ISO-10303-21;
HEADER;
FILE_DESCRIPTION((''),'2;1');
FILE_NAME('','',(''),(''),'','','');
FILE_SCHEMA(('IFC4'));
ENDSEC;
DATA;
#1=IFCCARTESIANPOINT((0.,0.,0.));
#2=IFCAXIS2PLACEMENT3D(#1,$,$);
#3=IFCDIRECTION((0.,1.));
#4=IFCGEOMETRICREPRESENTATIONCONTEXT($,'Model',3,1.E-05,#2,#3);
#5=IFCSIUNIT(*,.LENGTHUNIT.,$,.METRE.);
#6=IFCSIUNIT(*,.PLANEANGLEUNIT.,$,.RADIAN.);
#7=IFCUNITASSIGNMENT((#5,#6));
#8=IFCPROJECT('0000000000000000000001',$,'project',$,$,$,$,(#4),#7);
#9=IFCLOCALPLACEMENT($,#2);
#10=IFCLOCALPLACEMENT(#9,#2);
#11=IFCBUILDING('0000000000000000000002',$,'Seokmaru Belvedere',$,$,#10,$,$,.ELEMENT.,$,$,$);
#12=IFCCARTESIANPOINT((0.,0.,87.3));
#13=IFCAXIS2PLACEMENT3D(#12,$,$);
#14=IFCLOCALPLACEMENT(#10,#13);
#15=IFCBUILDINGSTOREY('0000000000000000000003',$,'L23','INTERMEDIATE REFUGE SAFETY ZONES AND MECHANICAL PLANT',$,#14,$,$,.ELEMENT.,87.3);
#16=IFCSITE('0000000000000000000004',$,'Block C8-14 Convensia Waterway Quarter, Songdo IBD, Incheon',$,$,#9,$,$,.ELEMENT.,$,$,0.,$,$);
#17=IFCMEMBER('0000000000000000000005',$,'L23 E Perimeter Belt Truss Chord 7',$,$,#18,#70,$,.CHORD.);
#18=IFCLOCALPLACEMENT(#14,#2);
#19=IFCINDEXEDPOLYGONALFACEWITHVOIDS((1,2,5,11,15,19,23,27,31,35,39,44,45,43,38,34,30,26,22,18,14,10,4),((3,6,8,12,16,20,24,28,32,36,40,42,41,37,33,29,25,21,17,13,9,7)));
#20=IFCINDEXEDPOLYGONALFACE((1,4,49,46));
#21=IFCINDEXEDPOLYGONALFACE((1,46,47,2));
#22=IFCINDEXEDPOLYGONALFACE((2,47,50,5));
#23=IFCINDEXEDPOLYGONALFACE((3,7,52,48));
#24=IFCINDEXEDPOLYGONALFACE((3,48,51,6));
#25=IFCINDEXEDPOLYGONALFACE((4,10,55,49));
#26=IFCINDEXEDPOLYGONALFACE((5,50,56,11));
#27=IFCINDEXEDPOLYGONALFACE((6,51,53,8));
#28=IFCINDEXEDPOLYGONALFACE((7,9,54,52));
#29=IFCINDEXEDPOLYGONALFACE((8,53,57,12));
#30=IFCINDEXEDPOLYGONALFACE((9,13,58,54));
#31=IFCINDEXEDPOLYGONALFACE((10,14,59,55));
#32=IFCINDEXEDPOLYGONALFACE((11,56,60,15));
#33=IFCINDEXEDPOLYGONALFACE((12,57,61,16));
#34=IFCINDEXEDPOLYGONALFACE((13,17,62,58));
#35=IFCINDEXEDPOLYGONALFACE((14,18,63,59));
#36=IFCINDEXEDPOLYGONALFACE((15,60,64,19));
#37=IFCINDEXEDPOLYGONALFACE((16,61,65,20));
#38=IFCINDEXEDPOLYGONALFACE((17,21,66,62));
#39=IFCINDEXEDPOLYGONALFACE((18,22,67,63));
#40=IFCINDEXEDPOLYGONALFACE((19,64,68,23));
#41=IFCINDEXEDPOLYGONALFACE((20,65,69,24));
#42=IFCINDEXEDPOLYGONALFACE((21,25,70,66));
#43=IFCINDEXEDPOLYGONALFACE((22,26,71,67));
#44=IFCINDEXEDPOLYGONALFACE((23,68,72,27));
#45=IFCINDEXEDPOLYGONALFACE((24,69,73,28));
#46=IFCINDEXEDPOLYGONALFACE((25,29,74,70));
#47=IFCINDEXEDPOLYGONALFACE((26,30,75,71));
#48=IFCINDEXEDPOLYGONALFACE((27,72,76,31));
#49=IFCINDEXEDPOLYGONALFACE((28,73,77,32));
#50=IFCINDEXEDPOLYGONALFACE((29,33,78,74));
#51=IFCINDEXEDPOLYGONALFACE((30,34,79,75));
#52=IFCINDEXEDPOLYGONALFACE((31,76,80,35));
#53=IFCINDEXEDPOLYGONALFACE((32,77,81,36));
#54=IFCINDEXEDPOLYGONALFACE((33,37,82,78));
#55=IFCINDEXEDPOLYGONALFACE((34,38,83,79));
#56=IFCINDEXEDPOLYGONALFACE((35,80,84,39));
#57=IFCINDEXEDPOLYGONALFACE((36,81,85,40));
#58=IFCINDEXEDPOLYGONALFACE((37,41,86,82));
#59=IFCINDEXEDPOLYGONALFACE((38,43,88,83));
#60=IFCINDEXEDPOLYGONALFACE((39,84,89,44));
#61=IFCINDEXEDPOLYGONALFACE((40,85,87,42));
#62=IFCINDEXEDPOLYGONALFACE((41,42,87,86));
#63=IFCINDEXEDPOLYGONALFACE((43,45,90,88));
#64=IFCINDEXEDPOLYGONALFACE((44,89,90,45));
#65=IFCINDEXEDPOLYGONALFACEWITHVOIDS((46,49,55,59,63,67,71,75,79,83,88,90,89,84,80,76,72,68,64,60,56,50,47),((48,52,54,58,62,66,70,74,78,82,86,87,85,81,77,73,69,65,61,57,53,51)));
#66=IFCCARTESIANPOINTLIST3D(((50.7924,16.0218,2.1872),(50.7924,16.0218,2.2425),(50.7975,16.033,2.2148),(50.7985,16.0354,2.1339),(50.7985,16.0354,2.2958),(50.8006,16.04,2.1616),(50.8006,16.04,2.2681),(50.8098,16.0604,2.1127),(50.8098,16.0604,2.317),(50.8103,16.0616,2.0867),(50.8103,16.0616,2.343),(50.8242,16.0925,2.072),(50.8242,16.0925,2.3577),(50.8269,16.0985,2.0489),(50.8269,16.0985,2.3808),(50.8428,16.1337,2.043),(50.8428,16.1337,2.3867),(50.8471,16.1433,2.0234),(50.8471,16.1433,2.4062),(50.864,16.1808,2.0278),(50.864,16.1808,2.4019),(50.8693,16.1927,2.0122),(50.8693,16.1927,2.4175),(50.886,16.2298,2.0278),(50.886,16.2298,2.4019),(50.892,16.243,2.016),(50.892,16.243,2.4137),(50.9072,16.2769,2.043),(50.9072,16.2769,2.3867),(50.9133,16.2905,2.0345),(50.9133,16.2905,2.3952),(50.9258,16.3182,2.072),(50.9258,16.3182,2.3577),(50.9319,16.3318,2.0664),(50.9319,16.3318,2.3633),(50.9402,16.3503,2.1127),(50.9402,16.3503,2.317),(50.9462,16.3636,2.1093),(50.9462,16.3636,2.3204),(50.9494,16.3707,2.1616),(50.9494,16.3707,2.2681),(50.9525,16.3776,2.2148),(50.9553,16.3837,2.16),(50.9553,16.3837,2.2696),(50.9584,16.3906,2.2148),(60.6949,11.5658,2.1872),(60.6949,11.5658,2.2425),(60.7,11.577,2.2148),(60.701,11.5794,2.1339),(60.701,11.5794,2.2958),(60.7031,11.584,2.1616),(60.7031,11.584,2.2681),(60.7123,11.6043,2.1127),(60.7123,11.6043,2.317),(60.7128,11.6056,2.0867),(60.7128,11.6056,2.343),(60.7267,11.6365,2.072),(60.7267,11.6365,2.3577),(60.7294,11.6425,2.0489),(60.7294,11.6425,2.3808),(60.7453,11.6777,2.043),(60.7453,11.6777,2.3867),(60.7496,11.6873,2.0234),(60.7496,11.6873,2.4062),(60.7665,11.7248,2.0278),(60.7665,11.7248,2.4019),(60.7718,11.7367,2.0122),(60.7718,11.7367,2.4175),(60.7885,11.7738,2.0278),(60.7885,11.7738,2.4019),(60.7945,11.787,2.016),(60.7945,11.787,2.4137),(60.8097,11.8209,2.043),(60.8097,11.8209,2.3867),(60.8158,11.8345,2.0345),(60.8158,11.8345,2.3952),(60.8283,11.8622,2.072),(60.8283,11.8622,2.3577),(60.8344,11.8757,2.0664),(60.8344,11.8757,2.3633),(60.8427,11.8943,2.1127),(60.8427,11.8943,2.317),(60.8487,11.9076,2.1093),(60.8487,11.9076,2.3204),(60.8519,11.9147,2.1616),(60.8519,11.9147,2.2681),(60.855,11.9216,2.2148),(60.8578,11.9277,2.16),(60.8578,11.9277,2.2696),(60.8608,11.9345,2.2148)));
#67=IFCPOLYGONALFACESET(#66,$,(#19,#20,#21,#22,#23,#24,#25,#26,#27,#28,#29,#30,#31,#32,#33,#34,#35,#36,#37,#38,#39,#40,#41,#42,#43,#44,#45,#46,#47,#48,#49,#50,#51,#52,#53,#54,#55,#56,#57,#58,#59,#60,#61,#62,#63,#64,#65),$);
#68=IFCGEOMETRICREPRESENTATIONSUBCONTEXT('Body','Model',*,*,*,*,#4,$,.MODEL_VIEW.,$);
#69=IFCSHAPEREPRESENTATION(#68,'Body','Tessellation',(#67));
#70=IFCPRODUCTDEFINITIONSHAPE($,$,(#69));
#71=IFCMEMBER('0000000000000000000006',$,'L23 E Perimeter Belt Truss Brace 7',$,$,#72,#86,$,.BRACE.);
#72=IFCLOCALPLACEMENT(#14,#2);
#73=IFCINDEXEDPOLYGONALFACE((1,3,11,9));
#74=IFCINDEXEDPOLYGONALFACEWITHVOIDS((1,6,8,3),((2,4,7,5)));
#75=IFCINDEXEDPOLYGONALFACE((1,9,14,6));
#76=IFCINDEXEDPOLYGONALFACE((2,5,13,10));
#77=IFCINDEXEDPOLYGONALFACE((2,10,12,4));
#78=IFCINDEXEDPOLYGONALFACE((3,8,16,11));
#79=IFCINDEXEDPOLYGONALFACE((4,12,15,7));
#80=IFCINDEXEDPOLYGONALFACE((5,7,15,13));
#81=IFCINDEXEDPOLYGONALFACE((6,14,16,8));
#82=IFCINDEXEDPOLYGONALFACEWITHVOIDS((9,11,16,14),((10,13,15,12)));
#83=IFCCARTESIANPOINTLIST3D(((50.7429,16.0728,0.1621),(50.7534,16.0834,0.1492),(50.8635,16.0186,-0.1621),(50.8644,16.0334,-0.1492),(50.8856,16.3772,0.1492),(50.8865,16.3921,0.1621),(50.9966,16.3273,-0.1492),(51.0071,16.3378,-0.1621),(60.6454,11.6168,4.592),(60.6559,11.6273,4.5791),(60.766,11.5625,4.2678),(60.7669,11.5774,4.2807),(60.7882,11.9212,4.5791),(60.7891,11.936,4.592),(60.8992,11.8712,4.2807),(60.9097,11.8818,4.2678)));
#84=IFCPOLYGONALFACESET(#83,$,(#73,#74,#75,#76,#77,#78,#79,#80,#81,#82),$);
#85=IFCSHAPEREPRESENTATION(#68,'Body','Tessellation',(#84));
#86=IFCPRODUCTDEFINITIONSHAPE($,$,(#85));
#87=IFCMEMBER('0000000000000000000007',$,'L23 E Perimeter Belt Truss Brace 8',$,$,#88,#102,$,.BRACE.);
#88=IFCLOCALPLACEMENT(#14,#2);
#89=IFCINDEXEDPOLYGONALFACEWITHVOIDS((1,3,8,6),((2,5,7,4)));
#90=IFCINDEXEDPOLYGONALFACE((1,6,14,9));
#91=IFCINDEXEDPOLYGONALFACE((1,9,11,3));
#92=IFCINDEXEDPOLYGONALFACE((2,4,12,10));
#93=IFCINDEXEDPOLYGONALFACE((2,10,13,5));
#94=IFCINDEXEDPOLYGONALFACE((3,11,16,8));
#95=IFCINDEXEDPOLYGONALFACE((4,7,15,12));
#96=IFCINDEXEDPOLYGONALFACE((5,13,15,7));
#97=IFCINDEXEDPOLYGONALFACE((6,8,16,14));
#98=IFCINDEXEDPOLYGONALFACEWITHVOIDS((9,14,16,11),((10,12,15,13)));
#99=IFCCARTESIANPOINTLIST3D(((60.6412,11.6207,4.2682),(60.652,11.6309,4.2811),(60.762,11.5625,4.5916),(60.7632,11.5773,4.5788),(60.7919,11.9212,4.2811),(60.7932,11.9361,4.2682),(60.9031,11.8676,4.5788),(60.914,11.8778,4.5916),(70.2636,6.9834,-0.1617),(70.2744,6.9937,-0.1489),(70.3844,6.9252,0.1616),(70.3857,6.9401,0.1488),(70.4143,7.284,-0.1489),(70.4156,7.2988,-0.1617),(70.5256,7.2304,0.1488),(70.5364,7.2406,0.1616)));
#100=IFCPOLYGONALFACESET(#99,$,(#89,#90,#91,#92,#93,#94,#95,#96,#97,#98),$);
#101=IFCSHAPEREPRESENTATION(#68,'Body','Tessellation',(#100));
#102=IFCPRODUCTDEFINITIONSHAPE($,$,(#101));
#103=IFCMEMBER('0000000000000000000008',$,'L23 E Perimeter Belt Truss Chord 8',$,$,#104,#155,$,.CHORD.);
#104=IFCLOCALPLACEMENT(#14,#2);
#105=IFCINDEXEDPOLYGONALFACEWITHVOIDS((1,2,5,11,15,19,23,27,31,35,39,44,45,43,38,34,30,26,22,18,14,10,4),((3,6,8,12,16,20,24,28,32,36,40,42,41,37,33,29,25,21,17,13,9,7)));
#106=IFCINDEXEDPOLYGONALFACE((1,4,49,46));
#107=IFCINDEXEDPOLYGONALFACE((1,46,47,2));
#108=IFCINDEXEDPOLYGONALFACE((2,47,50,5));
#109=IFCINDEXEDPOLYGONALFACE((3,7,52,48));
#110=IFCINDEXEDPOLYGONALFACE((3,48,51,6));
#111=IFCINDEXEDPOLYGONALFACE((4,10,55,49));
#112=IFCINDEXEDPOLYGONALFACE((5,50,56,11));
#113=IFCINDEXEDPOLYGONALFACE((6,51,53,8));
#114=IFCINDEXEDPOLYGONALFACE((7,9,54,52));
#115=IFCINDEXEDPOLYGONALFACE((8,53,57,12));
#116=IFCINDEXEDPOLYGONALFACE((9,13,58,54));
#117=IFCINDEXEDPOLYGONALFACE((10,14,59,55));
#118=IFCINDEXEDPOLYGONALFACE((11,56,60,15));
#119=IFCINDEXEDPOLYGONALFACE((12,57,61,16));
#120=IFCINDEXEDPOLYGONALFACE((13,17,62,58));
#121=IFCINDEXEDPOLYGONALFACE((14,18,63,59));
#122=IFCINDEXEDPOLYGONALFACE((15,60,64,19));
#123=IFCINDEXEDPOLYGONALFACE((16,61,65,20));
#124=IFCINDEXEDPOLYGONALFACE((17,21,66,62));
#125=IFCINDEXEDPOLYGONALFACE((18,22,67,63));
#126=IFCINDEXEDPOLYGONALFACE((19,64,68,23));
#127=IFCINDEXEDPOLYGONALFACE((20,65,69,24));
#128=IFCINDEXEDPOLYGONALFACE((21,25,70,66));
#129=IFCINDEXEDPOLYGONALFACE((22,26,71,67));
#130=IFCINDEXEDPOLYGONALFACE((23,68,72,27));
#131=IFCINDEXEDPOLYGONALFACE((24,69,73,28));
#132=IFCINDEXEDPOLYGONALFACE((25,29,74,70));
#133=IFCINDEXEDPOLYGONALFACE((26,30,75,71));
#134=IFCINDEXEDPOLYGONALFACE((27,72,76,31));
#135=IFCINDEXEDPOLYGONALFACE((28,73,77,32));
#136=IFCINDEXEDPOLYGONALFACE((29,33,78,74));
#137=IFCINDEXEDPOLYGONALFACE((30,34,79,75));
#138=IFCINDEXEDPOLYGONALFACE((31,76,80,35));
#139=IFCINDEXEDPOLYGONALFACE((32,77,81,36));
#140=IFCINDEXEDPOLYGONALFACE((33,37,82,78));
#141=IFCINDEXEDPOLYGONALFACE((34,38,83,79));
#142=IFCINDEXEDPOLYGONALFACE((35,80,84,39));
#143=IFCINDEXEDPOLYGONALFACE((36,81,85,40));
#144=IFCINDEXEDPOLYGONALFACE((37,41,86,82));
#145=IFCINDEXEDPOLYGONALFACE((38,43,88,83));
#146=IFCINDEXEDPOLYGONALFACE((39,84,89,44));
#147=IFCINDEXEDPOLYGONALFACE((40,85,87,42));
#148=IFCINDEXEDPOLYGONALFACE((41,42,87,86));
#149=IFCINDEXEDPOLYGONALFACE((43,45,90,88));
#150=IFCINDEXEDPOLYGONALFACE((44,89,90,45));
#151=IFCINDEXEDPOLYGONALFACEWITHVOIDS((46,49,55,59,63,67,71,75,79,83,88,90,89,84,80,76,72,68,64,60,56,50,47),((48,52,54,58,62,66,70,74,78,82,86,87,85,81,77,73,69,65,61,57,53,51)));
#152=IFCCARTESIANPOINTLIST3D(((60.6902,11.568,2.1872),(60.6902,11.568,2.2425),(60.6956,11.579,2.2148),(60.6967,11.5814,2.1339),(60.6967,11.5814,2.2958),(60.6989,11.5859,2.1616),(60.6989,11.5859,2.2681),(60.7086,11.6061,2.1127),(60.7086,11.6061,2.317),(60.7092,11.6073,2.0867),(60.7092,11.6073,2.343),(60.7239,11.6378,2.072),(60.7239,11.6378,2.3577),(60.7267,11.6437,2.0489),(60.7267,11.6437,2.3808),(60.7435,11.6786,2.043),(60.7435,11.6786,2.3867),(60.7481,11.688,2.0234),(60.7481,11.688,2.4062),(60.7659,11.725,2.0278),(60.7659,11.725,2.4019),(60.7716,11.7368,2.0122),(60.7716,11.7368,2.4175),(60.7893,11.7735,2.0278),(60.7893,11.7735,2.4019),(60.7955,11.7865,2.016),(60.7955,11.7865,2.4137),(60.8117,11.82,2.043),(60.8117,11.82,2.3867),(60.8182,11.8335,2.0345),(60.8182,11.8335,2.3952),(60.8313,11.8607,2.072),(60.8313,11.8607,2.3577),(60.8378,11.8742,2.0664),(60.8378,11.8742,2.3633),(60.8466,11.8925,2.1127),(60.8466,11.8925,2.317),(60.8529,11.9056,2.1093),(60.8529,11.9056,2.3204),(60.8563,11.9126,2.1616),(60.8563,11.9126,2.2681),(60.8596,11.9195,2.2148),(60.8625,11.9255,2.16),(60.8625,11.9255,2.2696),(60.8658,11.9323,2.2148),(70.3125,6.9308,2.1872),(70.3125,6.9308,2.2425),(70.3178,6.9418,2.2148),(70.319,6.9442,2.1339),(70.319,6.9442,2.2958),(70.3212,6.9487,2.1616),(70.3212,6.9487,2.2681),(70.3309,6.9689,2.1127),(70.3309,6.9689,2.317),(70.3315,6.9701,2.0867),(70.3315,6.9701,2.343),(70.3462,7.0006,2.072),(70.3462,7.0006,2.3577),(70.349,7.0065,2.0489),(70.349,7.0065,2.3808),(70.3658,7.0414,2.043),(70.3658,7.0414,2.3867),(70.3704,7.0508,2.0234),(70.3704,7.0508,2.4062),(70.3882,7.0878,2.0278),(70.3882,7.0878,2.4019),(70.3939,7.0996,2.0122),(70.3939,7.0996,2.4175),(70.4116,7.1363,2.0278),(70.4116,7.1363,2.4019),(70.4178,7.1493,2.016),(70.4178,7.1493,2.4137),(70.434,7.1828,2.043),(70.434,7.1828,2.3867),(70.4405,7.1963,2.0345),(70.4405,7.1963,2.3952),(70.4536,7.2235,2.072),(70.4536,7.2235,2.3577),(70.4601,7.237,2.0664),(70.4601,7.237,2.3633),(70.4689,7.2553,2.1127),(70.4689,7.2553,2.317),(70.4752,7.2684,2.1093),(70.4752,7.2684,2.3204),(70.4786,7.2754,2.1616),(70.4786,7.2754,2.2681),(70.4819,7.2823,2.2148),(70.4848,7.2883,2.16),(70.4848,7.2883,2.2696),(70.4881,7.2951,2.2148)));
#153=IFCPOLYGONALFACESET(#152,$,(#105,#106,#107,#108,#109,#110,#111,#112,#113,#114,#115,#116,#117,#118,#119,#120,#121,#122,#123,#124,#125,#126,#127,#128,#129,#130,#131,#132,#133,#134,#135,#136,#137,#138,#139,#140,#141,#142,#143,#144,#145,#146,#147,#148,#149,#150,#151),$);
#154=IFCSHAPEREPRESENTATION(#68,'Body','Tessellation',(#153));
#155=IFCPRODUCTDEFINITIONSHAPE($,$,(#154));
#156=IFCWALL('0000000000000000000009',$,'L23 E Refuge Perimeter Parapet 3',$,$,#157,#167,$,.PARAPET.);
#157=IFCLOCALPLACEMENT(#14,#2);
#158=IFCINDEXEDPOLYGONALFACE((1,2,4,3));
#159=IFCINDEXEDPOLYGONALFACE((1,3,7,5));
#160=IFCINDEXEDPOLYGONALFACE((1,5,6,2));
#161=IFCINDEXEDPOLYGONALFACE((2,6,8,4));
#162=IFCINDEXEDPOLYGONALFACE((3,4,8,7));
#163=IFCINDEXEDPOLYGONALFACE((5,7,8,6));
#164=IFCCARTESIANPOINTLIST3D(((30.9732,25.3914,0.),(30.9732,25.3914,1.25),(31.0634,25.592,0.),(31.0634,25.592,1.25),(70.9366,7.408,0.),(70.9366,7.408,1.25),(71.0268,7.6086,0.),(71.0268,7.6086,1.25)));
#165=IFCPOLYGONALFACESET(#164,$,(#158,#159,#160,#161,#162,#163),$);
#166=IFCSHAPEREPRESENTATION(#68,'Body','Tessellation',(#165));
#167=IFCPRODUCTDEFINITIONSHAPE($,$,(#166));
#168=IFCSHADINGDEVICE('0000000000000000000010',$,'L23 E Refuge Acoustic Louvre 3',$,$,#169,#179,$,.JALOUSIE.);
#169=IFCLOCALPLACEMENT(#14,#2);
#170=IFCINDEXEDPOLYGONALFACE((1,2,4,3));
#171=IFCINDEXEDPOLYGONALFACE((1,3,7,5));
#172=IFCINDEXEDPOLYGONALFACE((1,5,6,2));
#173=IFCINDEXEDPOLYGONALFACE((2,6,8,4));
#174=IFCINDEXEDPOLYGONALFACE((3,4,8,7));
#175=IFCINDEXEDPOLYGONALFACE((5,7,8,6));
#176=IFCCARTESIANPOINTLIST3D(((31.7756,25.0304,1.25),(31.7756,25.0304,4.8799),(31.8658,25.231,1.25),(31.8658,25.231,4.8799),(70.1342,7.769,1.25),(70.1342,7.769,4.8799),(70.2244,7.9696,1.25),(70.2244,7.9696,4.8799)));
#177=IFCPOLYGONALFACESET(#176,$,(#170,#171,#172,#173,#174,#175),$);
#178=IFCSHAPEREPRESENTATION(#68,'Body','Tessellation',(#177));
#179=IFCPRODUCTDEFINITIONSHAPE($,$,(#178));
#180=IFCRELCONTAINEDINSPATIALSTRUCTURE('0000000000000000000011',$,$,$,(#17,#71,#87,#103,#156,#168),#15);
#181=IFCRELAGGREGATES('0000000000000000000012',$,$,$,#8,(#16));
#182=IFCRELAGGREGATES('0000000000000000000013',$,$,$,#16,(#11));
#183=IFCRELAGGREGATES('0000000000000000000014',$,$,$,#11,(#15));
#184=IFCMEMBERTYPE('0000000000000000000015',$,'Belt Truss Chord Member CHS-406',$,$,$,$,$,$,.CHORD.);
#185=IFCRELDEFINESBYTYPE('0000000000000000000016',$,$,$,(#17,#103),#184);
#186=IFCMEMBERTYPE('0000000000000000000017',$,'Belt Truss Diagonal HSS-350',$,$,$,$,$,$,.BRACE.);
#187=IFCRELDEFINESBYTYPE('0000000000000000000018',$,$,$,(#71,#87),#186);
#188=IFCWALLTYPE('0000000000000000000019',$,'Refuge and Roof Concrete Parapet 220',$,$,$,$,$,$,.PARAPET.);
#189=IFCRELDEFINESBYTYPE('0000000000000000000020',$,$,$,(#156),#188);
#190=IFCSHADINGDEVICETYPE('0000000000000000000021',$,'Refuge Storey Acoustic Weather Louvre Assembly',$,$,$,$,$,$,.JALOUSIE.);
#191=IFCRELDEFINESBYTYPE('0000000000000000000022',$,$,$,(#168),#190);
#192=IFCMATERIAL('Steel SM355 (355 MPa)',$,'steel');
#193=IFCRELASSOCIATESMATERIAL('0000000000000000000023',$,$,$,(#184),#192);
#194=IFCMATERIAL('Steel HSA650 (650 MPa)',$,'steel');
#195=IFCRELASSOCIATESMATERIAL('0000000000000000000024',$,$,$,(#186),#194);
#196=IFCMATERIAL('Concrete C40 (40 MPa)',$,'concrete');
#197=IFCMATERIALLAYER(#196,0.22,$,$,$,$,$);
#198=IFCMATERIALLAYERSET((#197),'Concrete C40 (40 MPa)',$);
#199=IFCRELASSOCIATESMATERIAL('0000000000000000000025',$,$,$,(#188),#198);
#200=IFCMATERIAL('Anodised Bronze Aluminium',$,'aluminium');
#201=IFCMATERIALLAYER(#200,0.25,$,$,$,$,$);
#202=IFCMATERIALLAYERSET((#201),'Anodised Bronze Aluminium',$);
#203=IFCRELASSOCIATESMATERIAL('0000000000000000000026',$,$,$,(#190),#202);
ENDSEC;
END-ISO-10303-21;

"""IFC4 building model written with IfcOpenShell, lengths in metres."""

from ifc_helpers import new_model, si_unit, direction, frame, frame_2d, origin, origin_2d, place, context, subcontext, project, spatial, rectangle, hollow_rectangle, hollow_circle, extrude, source, transform, mapped, material, layer, layer_set, material_profile, profile_set, type_object, type_shapes, element, save


model = new_model("IFC4")

# Units and contexts
model_context = context("Model", 3, precision=1e-05, world=origin(), true_north=direction((0.0, 1.0)))
body_context = subcontext(model_context, "Body", "Model", "MODEL_VIEW")
ifc_project = project(units=[si_unit("LENGTHUNIT", "METRE"), si_unit("PLANEANGLEUNIT", "RADIAN")], contexts=[model_context])

# Site, building, storey
site_placement = place(None, origin())
site = spatial("IfcSite", under=ifc_project, at=site_placement, Name="Block C8-14 Convensia Waterway Quarter, Songdo IBD, Incheon", CompositionType="ELEMENT", RefElevation=0.0)
building_placement = place(site_placement, origin())
building = spatial("IfcBuilding", under=site, at=building_placement, Name="Seokmaru Belvedere", CompositionType="ELEMENT")
storey_placement = place(building_placement, frame((0.0, 0.0, 87.3)))
storey = spatial("IfcBuildingStorey", under=building, at=storey_placement, Name="L23", Description="INTERMEDIATE REFUGE SAFETY ZONES AND MECHANICAL PLANT", CompositionType="ELEMENT", Elevation=87.3)

# Shared definitions
ifc_material_1 = material(Name="Steel SM355 (355 MPa)", Category="steel")

# Members
ifc_material_2 = material(Name="Steel HSA650 (650 MPa)", Category="steel")
ifc_material_profile_1 = material_profile(ifc_material_1, hollow_circle(Radius=0.2031, WallThickness=0.0142, at=origin_2d()), Name="CHS-406.4x14.2")
ifc_profile_set_1 = profile_set([ifc_material_profile_1], Name="Steel SM355 (355 MPa)")
member_type_1 = type_object("IfcMemberType", Name="Belt Truss Chord Member CHS-406", PredefinedType="CHORD", material=ifc_profile_set_1)
shared_shape_1 = source(origin(), body_context, "Body", "SweptSolid", [
    extrude(hollow_circle(Radius=0.2031, WallThickness=0.0142, at=origin_2d()), origin(), (0.0, 0.0, 1.0), 10.8589),
])
member_1_placement = place(storey_placement, frame((50.875, 16.2053, 2.2148), z_axis=(0.911925, -0.410356, 0.0), x_axis=(0.410356, 0.911925, 0.0)))
element("IfcMember", 1, at=member_1_placement, inside=storey, type_object=member_type_1, Name="L23 E Perimeter Belt Truss Chord 7", PredefinedType="CHORD", context=body_context, shape_type="MappedRepresentation", body=[
    mapped(shared_shape_1, transform((0.0, 0.0, 0.0), scale=1.0)),
])
ifc_material_profile_2 = material_profile(ifc_material_2, hollow_rectangle(XDim=0.3501, YDim=0.3501, WallThickness=0.0139, at=origin_2d()), Name="HSS-350x350x14")
ifc_profile_set_2 = profile_set([ifc_material_profile_2], Name="Steel HSA650 (650 MPa)")
member_type_2 = type_object("IfcMemberType", Name="Belt Truss Diagonal HSS-350", PredefinedType="BRACE", material=ifc_profile_set_2)
shared_shape_2 = source(origin(), body_context, "Body", "SweptSolid", [
    extrude(hollow_rectangle(XDim=0.3501, YDim=0.3501, WallThickness=0.0139, at=origin_2d()), origin(), (0.0, 0.0, 1.0), 11.7278),
])
member_2_placement = place(storey_placement, frame((50.875, 16.2053, 0.0), z_axis=(0.844367, -0.379956, 0.377728), x_axis=(0.410356, 0.911925, 0.0)))
element("IfcMember", 2, at=member_2_placement, inside=storey, type_object=member_type_2, Name="L23 E Perimeter Belt Truss Brace 7", PredefinedType="BRACE", context=body_context, shape_type="MappedRepresentation", body=[
    mapped(shared_shape_2, transform((0.0, 0.0, 0.0), scale=1.0)),
])
shared_shape_3 = source(origin(), body_context, "Body", "SweptSolid", [
    extrude(hollow_rectangle(XDim=0.3501, YDim=0.3501, WallThickness=0.0139, at=origin_2d()), origin(), (0.0, 0.0, 1.0), 11.5637),
])
type_shapes(member_type_2, [shared_shape_2, shared_shape_3])
member_3_placement = place(storey_placement, frame((60.7776, 11.7493, 4.4299), z_axis=(0.832121, -0.401017, -0.383093), x_axis=(0.434138, 0.900846, 0.0)))
element("IfcMember", 3, at=member_3_placement, inside=storey, type_object=member_type_2, Name="L23 E Perimeter Belt Truss Brace 8", PredefinedType="BRACE", context=body_context, shape_type="MappedRepresentation", body=[
    mapped(shared_shape_3, transform((0.0, 0.0, 0.0), scale=1.0)),
])
shared_shape_4 = source(origin(), body_context, "Body", "SweptSolid", [
    extrude(hollow_circle(Radius=0.2031, WallThickness=0.0142, at=origin_2d()), origin(), (0.0, 0.0, 1.0), 10.6814),
])
type_shapes(member_type_1, [shared_shape_1, shared_shape_4])
member_4_placement = place(storey_placement, frame((60.7776, 11.7493, 2.2148), z_axis=(0.900846, -0.434138, 0.0), x_axis=(0.434138, 0.900846, 0.0)))
element("IfcMember", 4, at=member_4_placement, inside=storey, type_object=member_type_1, Name="L23 E Perimeter Belt Truss Chord 8", PredefinedType="CHORD", context=body_context, shape_type="MappedRepresentation", body=[
    mapped(shared_shape_4, transform((0.0, 0.0, 0.0), scale=1.0)),
])

# Wall
ifc_material_3 = material(Name="Concrete C40 (40 MPa)", Category="concrete")
ifc_layer_1 = layer(ifc_material_3, 0.22)
ifc_layer_set_1 = layer_set([ifc_layer_1], Name="Concrete C40 (40 MPa)")
wall_type = type_object("IfcWallType", Name="Refuge and Roof Concrete Parapet 220", PredefinedType="PARAPET", material=ifc_layer_set_1)
wall_placement = place(storey_placement, frame((70.9817, 7.5083, 0.0), z_axis=(0.0, 0.0, 1.0), x_axis=(-0.911923, 0.410362, 0.0)))
element("IfcWall", 5, at=wall_placement, inside=storey, type_object=wall_type, Name="L23 E Refuge Perimeter Parapet 3", PredefinedType="PARAPET", context=body_context, shape_type="SweptSolid", body=[
    extrude(rectangle(XDim=43.8232, YDim=0.22, at=frame_2d((21.9116, 0.0))), origin(), (0.0, 0.0, 1.0), 1.25),
])

# Shading device
ifc_material_4 = material(Name="Anodised Bronze Aluminium", Category="aluminium")
ifc_layer_2 = layer(ifc_material_4, 0.25)
ifc_layer_set_2 = layer_set([ifc_layer_2], Name="Anodised Bronze Aluminium")
shading_device_type = type_object("IfcShadingDeviceType", Name="Refuge Storey Acoustic Weather Louvre Assembly", PredefinedType="JALOUSIE", material=ifc_layer_set_2)
shared_shape_5 = source(origin(), body_context, "Body", "SweptSolid", [
    extrude(rectangle(XDim=42.0635, YDim=0.22, at=origin_2d()), origin(), (0.0, 0.0, 1.0), 3.6299),
])
shading_device_1_placement = place(storey_placement, frame((51.0, 16.5, 1.25), z_axis=(0.0, 0.0, 1.0), x_axis=(-0.911922, 0.410364, 0.0)))
element("IfcShadingDevice", 6, at=shading_device_1_placement, inside=storey, type_object=shading_device_type, Name="L23 E Refuge Acoustic Louvre 3", PredefinedType="JALOUSIE", context=body_context, shape_type="MappedRepresentation", body=[
    mapped(shared_shape_5, transform((0.0, 0.0, 0.0), scale=1.0)),
])

save(model, "model.ifc")
